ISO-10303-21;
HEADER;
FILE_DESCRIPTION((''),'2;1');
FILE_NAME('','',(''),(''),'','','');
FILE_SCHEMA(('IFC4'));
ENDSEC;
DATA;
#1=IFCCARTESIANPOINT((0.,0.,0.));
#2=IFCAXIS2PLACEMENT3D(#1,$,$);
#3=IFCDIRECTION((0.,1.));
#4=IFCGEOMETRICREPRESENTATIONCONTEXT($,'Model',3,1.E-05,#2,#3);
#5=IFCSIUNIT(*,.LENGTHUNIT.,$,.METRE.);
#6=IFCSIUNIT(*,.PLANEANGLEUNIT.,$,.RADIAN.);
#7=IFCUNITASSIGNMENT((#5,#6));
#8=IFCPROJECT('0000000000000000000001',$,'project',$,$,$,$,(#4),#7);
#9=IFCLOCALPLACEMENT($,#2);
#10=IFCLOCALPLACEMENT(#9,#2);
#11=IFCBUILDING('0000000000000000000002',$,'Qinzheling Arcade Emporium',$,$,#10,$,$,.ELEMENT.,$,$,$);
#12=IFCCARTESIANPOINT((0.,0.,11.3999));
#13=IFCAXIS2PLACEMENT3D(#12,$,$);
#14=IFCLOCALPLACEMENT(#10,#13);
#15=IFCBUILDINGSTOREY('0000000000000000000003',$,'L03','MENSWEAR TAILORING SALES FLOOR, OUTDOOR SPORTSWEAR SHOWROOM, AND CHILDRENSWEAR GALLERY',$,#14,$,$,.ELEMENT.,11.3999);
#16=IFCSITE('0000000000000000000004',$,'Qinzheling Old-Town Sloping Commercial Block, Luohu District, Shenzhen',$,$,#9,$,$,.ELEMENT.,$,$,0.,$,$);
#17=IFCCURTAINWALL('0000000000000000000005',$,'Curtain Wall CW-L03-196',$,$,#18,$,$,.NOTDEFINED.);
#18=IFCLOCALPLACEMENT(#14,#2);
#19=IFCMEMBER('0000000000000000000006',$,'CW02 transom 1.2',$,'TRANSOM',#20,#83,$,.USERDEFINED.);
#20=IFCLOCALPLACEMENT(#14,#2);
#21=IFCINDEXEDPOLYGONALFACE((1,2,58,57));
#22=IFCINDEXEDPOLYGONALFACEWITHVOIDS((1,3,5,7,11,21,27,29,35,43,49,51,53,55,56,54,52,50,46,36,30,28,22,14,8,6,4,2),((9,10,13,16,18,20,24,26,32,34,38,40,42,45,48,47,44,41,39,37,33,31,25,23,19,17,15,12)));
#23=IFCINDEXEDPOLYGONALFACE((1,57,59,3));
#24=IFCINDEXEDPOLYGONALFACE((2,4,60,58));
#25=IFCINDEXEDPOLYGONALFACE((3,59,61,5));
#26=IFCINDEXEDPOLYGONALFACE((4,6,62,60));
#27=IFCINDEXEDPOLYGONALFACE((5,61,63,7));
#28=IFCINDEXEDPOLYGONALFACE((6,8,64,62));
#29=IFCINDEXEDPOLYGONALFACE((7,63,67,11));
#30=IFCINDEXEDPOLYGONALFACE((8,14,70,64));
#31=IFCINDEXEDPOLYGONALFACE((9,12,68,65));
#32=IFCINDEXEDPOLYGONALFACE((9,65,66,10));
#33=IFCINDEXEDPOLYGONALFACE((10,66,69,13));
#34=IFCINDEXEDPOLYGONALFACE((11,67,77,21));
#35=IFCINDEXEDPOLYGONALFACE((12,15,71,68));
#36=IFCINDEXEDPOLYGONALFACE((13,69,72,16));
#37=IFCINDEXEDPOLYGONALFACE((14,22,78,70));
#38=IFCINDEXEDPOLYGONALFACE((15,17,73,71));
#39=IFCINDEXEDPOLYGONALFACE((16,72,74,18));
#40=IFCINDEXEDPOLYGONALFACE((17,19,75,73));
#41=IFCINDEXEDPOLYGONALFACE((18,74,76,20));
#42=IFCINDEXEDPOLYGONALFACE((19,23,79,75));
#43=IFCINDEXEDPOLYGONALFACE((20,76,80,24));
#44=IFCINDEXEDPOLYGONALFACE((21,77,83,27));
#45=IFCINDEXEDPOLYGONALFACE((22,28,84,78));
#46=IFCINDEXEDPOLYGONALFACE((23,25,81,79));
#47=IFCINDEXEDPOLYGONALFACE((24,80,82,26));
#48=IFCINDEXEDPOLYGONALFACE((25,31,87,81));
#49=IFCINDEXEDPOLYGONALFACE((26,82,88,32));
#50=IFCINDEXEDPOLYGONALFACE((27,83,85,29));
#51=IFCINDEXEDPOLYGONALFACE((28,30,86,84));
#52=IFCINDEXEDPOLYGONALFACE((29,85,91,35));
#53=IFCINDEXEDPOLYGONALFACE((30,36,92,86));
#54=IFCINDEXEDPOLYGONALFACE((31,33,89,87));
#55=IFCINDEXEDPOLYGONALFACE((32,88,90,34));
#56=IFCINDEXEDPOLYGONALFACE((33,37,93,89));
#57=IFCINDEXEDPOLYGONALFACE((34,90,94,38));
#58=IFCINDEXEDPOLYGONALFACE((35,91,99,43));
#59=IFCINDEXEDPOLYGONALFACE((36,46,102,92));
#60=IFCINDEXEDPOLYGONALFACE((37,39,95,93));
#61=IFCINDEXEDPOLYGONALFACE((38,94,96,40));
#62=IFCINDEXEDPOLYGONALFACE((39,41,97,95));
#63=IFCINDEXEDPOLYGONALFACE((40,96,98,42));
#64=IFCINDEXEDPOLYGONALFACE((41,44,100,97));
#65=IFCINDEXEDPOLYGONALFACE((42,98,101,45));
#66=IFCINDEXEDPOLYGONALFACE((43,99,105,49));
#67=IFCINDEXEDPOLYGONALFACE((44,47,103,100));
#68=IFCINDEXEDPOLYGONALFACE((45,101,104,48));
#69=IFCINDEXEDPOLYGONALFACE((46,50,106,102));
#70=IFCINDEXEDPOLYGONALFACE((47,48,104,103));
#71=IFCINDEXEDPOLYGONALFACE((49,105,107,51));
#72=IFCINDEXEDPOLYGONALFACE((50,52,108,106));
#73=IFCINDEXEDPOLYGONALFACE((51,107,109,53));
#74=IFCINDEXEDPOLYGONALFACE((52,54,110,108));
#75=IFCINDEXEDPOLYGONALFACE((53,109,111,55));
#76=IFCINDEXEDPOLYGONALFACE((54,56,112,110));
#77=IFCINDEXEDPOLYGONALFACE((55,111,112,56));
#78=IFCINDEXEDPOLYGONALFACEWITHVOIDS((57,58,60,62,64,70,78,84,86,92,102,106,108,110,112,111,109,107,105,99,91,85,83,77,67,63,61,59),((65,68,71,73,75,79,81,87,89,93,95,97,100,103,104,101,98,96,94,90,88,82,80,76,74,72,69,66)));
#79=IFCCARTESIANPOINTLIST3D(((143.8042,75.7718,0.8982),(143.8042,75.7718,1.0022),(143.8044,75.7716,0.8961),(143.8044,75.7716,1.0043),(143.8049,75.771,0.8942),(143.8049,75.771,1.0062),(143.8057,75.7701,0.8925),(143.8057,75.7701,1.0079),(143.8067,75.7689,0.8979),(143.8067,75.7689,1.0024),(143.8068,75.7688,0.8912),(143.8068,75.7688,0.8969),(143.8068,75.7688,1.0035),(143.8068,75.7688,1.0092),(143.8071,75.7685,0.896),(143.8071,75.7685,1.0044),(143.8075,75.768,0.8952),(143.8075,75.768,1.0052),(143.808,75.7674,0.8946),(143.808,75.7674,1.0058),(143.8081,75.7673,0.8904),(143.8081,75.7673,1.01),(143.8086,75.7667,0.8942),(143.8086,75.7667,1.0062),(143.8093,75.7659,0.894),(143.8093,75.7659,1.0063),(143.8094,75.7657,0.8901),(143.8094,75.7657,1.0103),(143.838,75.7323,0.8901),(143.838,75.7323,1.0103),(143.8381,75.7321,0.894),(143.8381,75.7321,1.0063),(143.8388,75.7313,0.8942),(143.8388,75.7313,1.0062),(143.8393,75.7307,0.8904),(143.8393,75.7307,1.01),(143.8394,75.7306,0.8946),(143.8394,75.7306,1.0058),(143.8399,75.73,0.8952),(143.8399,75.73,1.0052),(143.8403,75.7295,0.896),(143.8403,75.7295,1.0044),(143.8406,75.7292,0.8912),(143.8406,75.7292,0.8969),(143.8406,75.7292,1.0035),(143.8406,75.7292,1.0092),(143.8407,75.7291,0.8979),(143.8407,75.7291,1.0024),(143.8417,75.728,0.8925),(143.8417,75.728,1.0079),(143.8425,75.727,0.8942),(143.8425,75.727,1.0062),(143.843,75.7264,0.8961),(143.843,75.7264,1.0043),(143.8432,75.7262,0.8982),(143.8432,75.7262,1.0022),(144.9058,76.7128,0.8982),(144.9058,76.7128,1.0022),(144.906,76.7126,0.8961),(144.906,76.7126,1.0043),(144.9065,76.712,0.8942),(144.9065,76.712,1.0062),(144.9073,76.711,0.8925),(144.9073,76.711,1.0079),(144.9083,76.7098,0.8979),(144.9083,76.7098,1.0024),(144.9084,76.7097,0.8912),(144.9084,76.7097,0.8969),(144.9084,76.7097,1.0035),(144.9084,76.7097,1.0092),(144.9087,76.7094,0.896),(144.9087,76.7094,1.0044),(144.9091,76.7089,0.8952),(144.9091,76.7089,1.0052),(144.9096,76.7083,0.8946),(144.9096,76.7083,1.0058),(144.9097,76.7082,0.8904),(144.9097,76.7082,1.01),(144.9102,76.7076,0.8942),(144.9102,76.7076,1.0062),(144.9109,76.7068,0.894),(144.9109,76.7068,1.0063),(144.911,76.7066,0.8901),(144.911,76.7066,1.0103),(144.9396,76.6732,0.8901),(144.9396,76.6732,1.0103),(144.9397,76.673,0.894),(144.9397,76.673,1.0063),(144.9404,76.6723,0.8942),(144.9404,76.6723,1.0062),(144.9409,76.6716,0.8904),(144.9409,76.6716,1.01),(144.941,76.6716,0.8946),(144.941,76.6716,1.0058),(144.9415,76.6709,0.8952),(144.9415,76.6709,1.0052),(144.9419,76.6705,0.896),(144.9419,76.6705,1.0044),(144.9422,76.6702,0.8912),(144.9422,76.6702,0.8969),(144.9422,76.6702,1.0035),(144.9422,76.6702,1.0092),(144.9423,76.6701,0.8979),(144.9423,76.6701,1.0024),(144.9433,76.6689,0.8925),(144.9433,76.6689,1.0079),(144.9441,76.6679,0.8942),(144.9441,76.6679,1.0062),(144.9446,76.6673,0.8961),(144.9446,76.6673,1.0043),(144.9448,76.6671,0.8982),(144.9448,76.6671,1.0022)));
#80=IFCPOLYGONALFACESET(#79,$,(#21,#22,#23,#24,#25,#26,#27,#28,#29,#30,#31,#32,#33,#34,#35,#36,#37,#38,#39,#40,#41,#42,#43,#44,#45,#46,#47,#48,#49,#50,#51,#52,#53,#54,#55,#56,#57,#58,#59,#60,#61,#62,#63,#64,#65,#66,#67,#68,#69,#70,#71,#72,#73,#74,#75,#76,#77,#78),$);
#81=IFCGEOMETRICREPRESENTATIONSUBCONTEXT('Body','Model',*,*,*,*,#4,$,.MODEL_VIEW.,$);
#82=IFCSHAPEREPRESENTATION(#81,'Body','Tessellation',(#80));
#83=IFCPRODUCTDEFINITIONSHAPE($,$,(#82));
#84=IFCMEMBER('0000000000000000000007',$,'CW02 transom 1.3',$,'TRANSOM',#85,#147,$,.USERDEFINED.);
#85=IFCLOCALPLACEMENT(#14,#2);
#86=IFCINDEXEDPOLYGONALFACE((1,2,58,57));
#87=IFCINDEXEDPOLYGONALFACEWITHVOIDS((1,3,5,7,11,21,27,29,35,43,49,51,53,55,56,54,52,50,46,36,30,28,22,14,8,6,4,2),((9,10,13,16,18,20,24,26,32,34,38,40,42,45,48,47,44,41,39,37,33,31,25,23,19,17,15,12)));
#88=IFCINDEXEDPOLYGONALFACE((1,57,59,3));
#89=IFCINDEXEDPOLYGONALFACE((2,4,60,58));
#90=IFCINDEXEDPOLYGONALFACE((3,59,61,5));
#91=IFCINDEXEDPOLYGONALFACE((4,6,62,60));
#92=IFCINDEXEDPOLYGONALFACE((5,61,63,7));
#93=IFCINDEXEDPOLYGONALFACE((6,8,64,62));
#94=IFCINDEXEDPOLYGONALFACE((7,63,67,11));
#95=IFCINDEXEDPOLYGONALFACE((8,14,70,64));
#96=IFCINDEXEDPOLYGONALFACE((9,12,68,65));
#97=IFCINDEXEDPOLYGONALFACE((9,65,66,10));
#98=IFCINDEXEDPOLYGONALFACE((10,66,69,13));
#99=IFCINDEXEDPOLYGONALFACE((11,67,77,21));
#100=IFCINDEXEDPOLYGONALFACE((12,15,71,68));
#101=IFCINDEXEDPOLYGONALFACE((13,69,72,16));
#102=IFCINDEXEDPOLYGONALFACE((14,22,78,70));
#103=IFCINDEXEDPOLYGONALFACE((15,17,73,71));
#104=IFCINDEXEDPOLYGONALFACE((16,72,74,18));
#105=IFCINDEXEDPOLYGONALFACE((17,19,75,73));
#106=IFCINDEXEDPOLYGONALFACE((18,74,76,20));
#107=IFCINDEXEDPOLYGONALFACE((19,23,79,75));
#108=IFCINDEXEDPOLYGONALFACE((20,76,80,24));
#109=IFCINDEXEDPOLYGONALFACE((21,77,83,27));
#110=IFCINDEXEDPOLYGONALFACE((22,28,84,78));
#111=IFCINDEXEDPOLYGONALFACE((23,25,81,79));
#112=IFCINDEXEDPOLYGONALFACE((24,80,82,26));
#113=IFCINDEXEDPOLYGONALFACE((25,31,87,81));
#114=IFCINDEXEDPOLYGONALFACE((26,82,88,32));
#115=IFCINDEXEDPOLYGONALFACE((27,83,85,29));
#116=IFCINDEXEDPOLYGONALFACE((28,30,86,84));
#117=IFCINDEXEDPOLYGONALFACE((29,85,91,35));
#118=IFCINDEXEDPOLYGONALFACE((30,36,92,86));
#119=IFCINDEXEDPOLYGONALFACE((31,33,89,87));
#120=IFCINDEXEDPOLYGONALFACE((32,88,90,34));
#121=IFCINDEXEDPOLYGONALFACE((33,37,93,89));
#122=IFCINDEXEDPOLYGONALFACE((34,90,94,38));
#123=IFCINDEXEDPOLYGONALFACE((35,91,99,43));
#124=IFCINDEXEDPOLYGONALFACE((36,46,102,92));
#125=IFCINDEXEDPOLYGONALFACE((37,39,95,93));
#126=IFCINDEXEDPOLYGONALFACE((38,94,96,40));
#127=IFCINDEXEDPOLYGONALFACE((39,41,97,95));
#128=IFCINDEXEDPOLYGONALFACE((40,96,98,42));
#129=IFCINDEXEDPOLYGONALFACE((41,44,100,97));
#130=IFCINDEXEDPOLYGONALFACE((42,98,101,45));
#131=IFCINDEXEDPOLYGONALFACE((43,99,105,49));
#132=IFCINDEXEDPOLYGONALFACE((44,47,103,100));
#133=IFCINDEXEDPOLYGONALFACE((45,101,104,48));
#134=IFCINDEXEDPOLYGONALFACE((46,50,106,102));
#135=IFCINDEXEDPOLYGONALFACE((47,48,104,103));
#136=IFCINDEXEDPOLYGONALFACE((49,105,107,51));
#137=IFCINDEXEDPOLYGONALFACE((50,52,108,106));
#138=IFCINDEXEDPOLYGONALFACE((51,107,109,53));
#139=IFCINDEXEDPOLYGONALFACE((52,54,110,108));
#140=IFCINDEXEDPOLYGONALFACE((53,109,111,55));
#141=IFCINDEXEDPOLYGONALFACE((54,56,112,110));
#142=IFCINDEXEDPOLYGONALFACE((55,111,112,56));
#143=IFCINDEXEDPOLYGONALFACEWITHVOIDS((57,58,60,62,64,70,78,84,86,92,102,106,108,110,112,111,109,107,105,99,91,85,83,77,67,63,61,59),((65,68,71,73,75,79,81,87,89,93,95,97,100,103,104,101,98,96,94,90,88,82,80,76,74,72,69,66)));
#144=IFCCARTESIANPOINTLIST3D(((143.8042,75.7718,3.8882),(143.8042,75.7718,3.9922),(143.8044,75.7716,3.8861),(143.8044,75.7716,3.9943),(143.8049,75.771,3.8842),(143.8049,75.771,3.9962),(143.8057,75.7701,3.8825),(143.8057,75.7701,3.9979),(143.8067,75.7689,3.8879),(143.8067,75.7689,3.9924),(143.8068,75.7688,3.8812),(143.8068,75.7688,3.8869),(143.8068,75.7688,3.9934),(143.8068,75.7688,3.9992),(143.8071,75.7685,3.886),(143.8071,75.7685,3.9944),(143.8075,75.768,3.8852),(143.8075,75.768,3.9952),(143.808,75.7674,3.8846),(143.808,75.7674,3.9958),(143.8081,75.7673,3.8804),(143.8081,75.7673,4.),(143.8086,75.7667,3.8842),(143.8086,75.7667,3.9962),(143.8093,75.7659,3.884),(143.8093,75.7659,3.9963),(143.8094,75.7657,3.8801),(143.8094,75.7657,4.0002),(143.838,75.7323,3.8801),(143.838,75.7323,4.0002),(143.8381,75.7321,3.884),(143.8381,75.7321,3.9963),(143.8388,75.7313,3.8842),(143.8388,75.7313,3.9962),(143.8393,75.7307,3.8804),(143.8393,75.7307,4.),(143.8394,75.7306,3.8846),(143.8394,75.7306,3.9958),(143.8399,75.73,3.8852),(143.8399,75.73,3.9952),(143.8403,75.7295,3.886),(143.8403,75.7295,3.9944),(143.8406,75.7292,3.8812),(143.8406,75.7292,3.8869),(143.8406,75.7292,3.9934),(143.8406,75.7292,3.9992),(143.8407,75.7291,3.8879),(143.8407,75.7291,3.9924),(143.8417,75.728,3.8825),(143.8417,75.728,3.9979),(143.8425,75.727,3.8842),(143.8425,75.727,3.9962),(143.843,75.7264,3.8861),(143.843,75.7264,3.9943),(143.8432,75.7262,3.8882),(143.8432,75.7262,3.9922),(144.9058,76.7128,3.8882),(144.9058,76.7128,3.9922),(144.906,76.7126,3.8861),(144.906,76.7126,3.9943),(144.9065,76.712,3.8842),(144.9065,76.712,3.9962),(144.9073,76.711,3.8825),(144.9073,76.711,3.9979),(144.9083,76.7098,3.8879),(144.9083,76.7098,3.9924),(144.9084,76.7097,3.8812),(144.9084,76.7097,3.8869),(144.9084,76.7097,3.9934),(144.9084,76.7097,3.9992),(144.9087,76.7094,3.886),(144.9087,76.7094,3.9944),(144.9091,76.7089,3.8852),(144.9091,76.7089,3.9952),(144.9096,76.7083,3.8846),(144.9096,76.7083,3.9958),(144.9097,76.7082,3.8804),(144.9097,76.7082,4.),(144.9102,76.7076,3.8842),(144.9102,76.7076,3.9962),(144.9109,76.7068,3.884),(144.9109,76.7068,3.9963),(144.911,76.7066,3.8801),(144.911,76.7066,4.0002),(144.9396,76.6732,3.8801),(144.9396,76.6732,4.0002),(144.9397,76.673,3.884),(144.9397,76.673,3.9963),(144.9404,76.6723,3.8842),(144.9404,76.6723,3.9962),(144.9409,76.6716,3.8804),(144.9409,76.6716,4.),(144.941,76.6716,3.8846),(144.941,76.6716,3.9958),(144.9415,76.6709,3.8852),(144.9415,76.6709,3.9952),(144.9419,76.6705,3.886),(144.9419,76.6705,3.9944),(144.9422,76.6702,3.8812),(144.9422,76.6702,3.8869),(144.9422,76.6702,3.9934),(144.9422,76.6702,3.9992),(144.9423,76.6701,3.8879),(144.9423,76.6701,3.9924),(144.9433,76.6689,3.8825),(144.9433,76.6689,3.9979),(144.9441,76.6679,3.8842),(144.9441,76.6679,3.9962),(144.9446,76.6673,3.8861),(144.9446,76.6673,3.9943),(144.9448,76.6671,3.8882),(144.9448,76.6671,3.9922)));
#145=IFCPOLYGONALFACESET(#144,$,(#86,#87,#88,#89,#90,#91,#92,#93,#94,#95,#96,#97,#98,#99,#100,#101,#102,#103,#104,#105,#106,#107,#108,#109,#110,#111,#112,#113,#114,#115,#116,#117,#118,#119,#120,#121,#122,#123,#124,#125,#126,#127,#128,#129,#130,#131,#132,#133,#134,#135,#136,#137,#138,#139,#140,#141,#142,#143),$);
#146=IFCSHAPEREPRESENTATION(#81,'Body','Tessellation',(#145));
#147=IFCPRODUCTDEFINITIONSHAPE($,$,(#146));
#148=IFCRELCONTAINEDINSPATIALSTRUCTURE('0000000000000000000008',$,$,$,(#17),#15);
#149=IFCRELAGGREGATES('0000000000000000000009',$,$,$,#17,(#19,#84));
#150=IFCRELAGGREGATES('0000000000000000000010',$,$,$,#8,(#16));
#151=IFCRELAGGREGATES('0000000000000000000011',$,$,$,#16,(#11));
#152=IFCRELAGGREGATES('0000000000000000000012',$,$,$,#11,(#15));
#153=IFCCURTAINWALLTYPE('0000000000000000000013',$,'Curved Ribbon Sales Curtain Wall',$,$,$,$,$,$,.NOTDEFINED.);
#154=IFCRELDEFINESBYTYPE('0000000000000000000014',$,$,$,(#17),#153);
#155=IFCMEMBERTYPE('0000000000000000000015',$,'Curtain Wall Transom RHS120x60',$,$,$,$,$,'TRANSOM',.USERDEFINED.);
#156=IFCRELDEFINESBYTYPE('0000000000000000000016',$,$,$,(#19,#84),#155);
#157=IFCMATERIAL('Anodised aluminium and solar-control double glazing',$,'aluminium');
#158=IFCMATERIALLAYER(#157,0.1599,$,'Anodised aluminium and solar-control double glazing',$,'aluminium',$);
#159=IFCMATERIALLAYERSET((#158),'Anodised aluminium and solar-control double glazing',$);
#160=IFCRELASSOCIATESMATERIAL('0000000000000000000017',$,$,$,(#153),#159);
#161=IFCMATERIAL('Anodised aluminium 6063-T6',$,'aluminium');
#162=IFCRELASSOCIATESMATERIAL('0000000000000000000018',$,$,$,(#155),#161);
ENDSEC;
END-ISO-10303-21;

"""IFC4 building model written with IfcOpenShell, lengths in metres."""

from ifc_helpers import new_model, si_unit, direction, frame, origin, origin_2d, place, context, subcontext, project, spatial, hollow_rectangle, extrude, material, layer, layer_set, material_profile, profile_set, type_object, element, aggregate, save


model = new_model("IFC4")

# Units and contexts
model_context = context("Model", 3, precision=1e-05, world=origin(), true_north=direction((0.0, 1.0)))
body_context = subcontext(model_context, "Body", "Model", "MODEL_VIEW")
ifc_project = project(units=[si_unit("LENGTHUNIT", "METRE"), si_unit("PLANEANGLEUNIT", "RADIAN")], contexts=[model_context])

# Site, building, storey
site_placement = place(None, origin())
site = spatial("IfcSite", under=ifc_project, at=site_placement, Name="Qinzheling Old-Town Sloping Commercial Block, Luohu District, Shenzhen", CompositionType="ELEMENT", RefElevation=0.0)
building_placement = place(site_placement, origin())
building = spatial("IfcBuilding", under=site, at=building_placement, Name="Qinzheling Arcade Emporium", CompositionType="ELEMENT")
storey_placement = place(building_placement, frame((0.0, 0.0, 11.3999)))
storey = spatial("IfcBuildingStorey", under=building, at=storey_placement, Name="L03", Description="MENSWEAR TAILORING SALES FLOOR, OUTDOOR SPORTSWEAR SHOWROOM, AND CHILDRENSWEAR GALLERY", CompositionType="ELEMENT", Elevation=11.3999)

# Shared definitions
ifc_material_1 = material(Name="Anodised aluminium and solar-control double glazing", Category="aluminium")
ifc_layer_1 = layer(ifc_material_1, 0.1599, Name="Anodised aluminium and solar-control double glazing", Category="aluminium")
ifc_layer_set_1 = layer_set([ifc_layer_1], Name="Anodised aluminium and solar-control double glazing")
curtain_wall_type = type_object("IfcCurtainWallType", Name="Curved Ribbon Sales Curtain Wall", PredefinedType="NOTDEFINED", material=ifc_layer_set_1)
ifc_material_2 = material(Name="Anodised aluminium 6063-T6", Category="aluminium")

# Curtain wall
curtain_wall_1_placement = place(storey_placement, origin())
curtain_wall_1 = element("IfcCurtainWall", 1, at=curtain_wall_1_placement, inside=storey, type_object=curtain_wall_type, Name="Curtain Wall CW-L03-196", PredefinedType="NOTDEFINED")

# Members
ifc_material_profile_1 = material_profile(ifc_material_2, hollow_rectangle(XDim=0.0601, YDim=0.1201, WallThickness=0.0039, InnerFilletRadius=0.0039, OuterFilletRadius=0.0081, at=origin_2d()), Name="RHS 120x60x4", Category="aluminium")
ifc_profile_set_1 = profile_set([ifc_material_profile_1], Name="Anodised aluminium 6063-T6")
member_type_1 = type_object("IfcMemberType", Name="Curtain Wall Transom RHS120x60", ElementType="TRANSOM", PredefinedType="USERDEFINED", material=ifc_profile_set_1)
member_1_placement = place(storey_placement, frame((144.9253, 76.6899, 0.9502), z_axis=(-0.760374, -0.649486, 0.0), x_axis=(0.649486, -0.760374, 0.0)))
member_1 = element("IfcMember", 2, at=member_1_placement, type_object=member_type_1, Name="CW02 transom 1.2", ObjectType="TRANSOM", PredefinedType="USERDEFINED", context=body_context, shape_type="SweptSolid", body=[
    extrude(hollow_rectangle(XDim=0.0601, YDim=0.1201, WallThickness=0.0039, InnerFilletRadius=0.0039, OuterFilletRadius=0.0081, at=origin_2d()), origin(), (0.0, 0.0, 1.0), 1.4487),
])
member_2_placement = place(storey_placement, frame((144.9253, 76.6899, 3.9402), z_axis=(-0.760374, -0.649486, 0.0), x_axis=(0.649486, -0.760374, 0.0)))
member_2 = element("IfcMember", 3, at=member_2_placement, type_object=member_type_1, Name="CW02 transom 1.3", ObjectType="TRANSOM", PredefinedType="USERDEFINED", context=body_context, shape_type="SweptSolid", body=[
    extrude(hollow_rectangle(XDim=0.0601, YDim=0.1201, WallThickness=0.0039, InnerFilletRadius=0.0039, OuterFilletRadius=0.0081, at=origin_2d()), origin(), (0.0, 0.0, 1.0), 1.4487),
])

aggregate(curtain_wall_1, [member_1, member_2])

save(model, "model.ifc")
